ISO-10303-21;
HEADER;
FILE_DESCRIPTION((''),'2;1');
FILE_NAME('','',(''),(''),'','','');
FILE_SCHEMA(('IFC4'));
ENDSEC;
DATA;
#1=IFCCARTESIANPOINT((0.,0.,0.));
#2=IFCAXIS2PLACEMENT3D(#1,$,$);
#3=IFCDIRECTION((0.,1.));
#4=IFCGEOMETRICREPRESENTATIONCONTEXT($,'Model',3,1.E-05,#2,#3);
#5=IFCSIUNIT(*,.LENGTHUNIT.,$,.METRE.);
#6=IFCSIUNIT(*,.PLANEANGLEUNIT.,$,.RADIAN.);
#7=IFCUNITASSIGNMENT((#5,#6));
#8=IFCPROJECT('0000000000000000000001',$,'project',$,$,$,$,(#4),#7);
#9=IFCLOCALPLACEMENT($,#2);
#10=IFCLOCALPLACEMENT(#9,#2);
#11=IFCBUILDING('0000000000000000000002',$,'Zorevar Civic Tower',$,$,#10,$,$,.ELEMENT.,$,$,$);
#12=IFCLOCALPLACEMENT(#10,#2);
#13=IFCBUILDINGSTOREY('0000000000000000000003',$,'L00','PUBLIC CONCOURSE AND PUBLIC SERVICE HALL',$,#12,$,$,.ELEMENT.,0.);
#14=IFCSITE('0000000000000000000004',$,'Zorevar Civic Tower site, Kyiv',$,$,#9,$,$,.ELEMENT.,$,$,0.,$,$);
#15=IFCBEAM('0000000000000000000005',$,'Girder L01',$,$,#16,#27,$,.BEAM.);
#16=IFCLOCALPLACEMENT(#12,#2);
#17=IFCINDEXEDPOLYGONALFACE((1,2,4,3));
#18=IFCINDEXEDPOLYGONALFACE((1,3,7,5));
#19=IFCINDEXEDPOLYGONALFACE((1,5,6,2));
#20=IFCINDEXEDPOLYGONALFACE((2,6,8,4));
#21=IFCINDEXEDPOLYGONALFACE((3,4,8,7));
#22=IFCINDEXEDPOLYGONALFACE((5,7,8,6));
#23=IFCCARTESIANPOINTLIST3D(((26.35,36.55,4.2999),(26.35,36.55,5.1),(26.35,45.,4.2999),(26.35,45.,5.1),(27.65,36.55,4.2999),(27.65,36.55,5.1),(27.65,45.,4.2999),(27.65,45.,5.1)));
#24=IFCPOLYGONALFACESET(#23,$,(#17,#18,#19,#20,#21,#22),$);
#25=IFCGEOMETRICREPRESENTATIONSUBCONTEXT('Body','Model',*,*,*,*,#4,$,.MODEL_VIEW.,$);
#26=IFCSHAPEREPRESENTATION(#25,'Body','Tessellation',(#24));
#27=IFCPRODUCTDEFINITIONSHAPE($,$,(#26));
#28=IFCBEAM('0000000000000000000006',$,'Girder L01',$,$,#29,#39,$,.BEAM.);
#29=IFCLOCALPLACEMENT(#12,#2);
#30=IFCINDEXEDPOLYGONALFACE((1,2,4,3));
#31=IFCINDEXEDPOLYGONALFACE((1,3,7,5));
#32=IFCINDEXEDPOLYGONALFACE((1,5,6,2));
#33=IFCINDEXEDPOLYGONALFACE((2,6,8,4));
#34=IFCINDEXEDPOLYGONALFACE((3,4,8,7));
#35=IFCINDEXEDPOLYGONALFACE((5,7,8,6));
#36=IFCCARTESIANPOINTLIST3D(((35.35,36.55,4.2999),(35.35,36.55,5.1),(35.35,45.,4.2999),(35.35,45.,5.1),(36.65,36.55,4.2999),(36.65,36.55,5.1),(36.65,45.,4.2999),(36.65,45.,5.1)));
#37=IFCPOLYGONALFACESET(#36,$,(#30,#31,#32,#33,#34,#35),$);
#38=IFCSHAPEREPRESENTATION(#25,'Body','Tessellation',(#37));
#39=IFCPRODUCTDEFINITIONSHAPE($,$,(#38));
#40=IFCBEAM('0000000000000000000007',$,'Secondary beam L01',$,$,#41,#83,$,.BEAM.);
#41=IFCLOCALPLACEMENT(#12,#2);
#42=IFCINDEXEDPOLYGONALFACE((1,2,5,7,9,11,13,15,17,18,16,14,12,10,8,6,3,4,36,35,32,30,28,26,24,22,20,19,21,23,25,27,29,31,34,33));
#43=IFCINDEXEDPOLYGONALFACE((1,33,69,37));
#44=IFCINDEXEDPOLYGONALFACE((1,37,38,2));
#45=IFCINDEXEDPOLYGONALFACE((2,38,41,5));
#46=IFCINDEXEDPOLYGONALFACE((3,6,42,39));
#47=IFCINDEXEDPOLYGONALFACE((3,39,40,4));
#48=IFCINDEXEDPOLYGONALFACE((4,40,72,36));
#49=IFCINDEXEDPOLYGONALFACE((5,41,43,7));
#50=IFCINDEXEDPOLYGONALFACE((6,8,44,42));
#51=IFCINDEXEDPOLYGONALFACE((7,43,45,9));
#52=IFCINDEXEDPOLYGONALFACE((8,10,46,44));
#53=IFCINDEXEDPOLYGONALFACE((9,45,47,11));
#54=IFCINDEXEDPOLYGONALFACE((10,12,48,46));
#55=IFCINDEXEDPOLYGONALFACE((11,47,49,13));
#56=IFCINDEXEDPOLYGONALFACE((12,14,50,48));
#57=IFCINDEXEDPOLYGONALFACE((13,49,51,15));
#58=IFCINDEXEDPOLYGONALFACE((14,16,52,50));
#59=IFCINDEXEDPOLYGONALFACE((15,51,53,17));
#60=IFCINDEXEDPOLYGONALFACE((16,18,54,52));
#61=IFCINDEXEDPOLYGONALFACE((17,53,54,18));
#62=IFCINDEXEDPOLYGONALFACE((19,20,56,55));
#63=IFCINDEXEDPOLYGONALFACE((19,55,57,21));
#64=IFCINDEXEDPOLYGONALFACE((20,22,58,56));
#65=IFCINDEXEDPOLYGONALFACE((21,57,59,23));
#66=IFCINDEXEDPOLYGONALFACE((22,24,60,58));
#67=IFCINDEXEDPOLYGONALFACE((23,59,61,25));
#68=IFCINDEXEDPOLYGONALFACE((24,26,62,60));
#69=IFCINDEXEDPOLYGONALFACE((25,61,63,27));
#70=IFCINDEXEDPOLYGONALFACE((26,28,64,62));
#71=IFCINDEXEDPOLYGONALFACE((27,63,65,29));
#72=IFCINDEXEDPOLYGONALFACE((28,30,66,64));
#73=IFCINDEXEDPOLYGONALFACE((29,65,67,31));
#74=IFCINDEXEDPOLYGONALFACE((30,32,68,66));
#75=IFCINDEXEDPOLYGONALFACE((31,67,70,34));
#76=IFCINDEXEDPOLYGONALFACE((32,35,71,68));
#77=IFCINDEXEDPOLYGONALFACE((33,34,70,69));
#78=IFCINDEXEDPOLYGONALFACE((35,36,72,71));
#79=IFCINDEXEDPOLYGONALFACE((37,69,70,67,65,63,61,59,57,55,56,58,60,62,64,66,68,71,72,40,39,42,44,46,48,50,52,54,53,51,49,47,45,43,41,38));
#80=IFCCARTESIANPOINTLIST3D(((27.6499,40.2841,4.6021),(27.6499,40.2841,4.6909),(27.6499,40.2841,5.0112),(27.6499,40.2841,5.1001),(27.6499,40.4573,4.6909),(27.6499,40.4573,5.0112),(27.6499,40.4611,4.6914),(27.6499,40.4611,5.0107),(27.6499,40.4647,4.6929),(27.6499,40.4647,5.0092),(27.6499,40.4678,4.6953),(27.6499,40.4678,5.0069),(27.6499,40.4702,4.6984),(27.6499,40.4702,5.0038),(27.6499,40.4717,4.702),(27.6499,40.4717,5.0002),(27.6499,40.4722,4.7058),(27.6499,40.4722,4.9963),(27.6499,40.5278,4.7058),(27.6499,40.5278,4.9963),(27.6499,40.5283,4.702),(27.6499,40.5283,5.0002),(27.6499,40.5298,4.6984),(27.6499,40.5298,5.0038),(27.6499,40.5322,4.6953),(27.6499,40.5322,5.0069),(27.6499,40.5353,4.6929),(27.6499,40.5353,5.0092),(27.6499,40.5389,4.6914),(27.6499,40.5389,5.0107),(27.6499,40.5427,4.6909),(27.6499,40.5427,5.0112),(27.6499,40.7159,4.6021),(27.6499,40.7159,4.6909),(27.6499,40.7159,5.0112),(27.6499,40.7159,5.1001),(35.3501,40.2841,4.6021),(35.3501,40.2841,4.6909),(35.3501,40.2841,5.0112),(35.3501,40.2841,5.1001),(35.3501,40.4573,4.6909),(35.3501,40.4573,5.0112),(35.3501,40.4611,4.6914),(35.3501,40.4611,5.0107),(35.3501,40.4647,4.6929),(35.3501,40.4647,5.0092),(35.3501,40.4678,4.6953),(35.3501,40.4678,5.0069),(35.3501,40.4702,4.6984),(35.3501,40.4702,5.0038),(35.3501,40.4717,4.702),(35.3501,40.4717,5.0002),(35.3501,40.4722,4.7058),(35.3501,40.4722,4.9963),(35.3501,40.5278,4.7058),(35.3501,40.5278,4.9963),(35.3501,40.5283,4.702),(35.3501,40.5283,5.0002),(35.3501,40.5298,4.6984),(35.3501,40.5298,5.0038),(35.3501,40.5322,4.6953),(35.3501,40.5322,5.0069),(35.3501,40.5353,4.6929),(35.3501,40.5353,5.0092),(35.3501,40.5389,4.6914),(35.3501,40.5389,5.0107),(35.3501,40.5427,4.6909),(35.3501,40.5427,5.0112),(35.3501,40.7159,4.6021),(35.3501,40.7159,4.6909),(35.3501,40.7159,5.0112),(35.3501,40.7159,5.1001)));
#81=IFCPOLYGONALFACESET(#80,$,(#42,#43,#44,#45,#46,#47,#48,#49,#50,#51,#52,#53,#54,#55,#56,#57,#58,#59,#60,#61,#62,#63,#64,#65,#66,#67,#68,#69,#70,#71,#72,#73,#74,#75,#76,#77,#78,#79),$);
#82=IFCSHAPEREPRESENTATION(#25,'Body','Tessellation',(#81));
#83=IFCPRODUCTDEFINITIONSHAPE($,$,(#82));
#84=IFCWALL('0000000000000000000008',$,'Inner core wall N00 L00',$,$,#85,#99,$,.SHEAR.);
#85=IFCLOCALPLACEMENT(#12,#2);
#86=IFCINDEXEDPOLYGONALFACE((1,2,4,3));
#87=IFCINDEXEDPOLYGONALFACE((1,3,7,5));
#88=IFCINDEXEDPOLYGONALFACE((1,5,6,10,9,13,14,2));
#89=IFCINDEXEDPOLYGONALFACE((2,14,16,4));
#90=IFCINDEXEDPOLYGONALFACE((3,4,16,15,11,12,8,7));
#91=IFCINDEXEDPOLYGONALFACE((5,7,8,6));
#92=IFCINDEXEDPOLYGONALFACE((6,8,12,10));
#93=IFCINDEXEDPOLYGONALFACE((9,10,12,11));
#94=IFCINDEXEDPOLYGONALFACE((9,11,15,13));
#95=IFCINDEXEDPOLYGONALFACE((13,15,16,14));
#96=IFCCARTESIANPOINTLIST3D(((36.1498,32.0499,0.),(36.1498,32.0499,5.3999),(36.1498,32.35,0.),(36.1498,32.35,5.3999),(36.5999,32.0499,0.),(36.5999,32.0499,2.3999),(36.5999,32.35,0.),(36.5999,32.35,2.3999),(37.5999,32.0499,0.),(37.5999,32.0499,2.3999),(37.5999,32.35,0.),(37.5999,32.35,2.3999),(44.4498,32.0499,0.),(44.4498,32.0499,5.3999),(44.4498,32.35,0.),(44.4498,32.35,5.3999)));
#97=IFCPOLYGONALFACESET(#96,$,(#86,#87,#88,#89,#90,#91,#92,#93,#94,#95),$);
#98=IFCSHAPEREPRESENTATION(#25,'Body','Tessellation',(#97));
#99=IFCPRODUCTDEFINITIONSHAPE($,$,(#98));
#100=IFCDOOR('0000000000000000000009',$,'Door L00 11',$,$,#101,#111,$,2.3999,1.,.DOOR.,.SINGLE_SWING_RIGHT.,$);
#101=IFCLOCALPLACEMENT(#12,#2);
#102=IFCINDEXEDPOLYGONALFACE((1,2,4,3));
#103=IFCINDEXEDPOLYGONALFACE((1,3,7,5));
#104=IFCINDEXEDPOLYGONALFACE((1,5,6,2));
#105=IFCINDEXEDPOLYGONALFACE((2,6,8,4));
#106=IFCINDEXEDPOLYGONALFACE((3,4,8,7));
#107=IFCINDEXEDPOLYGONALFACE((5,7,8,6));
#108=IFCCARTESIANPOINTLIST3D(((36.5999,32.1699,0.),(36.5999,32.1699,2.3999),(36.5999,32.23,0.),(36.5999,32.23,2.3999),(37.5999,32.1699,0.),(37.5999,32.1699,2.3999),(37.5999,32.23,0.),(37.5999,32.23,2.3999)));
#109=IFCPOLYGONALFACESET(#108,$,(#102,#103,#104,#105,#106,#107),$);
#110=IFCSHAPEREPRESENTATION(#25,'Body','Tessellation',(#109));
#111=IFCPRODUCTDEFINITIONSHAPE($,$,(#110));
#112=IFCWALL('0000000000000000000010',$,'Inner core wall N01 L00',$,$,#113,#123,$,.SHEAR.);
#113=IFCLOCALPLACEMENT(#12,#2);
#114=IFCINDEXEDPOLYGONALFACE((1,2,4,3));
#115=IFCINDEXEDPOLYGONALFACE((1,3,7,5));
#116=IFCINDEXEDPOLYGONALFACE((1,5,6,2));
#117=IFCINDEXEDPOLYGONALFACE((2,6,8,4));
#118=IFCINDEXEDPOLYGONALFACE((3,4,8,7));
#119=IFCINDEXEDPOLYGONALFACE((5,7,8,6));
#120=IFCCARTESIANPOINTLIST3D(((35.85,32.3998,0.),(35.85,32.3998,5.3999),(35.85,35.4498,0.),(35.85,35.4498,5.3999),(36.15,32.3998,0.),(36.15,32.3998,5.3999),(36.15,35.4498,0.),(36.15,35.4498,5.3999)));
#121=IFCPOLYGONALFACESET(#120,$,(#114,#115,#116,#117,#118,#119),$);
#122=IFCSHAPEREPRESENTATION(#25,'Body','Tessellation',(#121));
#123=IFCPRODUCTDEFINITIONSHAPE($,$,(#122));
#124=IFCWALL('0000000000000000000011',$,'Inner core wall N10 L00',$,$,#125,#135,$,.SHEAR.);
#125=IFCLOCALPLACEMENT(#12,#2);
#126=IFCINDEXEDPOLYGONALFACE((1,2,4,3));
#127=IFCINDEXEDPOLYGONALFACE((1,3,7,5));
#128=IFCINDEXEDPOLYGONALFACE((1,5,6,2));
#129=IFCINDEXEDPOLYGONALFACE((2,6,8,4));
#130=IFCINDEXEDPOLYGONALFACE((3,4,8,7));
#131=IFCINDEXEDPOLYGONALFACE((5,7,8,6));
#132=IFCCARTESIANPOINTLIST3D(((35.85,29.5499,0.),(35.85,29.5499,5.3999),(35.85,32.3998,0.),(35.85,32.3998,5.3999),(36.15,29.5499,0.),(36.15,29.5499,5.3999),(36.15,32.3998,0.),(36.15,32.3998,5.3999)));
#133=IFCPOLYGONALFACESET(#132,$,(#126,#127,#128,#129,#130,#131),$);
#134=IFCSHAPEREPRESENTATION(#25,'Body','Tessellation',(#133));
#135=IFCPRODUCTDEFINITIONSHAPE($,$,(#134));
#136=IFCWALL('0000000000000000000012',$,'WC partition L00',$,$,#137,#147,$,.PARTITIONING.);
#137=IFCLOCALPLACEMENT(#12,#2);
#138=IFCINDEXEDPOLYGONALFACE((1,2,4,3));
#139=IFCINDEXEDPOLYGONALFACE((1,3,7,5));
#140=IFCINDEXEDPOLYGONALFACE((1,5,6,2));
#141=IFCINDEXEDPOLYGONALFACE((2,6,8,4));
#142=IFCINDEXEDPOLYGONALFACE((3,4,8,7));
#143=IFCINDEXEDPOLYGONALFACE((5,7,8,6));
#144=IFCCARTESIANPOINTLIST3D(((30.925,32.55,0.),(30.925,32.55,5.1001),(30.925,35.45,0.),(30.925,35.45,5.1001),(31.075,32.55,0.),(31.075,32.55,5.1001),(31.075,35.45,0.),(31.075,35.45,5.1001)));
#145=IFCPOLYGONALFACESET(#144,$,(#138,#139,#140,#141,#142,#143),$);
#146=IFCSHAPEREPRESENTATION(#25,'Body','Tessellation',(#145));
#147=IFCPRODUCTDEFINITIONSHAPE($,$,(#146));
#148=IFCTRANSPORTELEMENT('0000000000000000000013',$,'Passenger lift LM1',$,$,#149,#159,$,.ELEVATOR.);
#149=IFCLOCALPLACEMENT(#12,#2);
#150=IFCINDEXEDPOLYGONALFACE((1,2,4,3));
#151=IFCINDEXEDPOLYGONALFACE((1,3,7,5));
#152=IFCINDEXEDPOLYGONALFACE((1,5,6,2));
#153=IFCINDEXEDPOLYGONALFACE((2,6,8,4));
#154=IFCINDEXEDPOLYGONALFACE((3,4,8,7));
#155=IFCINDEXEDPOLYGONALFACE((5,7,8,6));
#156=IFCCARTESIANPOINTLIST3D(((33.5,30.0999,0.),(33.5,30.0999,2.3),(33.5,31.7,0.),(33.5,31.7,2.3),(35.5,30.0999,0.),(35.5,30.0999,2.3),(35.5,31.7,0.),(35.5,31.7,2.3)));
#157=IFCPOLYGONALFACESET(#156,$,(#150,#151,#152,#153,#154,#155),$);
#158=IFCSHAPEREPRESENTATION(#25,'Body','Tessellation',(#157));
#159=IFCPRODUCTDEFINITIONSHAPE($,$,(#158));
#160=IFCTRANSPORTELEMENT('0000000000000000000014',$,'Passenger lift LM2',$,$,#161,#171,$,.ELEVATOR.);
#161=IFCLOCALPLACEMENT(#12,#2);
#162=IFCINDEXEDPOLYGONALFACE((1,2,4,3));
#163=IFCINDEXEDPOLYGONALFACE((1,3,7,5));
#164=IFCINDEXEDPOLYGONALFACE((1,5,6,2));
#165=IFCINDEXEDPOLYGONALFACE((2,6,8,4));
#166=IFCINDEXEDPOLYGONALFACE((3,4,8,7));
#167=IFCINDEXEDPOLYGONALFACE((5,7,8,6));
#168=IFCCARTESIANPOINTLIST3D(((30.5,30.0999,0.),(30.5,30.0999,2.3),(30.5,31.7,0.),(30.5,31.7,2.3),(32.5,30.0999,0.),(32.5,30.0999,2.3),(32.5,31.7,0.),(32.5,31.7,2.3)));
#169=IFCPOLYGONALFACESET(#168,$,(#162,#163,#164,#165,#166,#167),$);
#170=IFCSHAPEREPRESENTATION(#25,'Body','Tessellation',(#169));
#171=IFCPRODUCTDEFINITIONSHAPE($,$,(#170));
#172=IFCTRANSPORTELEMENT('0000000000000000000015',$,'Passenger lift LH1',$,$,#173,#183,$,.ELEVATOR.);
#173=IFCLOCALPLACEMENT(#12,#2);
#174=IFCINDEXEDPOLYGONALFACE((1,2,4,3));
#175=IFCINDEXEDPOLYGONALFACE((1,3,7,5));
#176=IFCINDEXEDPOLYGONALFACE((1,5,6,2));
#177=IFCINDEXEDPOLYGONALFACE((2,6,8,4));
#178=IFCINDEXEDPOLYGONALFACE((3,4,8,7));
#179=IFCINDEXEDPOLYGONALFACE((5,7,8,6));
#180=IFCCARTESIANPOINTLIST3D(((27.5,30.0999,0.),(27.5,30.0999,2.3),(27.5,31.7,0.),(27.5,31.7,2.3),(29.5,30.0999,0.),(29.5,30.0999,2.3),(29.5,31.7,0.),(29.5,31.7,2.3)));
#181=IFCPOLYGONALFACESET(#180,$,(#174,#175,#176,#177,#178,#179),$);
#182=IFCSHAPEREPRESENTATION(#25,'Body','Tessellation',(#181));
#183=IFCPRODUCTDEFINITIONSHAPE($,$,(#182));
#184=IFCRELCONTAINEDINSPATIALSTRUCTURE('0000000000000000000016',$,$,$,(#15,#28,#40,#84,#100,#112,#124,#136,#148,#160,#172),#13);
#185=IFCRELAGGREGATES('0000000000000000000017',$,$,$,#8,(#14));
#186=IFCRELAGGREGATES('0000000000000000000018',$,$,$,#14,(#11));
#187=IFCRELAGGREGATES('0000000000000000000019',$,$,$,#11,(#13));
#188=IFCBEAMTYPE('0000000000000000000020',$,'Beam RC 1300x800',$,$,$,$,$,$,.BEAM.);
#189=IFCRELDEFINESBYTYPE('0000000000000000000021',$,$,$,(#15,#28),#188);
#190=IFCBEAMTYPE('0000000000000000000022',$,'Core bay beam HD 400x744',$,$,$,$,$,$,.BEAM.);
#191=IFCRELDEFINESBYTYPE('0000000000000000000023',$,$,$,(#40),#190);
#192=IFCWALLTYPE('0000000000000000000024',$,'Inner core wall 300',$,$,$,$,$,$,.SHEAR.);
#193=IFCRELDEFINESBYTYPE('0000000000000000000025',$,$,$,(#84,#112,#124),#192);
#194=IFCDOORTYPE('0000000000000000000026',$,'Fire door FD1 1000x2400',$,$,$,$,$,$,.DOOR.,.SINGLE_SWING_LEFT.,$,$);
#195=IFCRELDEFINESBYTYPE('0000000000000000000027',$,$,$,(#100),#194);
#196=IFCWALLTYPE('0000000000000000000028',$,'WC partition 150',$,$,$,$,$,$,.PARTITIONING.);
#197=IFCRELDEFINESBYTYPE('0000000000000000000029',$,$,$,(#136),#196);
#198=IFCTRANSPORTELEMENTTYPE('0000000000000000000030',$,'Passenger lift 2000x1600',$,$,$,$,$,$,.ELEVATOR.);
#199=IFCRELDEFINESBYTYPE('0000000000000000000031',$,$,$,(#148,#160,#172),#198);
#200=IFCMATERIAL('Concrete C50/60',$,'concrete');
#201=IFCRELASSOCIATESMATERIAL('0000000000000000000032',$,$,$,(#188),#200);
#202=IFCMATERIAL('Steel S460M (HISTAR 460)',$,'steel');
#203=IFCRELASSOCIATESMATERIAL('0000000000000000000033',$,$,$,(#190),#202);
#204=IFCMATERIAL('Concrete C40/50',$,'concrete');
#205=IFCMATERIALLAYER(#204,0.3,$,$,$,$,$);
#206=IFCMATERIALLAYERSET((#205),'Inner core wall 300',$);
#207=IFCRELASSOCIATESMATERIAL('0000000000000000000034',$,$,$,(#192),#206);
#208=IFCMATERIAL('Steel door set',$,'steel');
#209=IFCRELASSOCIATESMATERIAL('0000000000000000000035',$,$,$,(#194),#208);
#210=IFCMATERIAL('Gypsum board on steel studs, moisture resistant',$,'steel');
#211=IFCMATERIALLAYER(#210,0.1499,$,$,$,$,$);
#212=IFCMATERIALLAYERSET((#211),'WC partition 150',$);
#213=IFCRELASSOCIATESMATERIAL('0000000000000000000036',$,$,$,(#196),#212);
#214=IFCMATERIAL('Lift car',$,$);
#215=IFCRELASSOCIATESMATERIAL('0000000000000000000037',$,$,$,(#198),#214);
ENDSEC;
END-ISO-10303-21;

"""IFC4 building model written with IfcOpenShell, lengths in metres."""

from ifc_helpers import new_model, si_unit, direction, frame, frame_2d, origin, origin_2d, place, context, subcontext, project, spatial, rectangle, i_section, extrude, material, layer, layer_set, material_profile, profile_set, type_object, element, fill, save


model = new_model("IFC4")

# Units and contexts
model_context = context("Model", 3, precision=1e-05, world=origin(), true_north=direction((0.0, 1.0)))
body_context = subcontext(model_context, "Body", "Model", "MODEL_VIEW")
ifc_project = project(units=[si_unit("LENGTHUNIT", "METRE"), si_unit("PLANEANGLEUNIT", "RADIAN")], contexts=[model_context])

# Site, building, storey
site_placement = place(None, origin())
site = spatial("IfcSite", under=ifc_project, at=site_placement, Name="Zorevar Civic Tower site, Kyiv", CompositionType="ELEMENT", RefElevation=0.0)
building_placement = place(site_placement, origin())
building = spatial("IfcBuilding", under=site, at=building_placement, Name="Zorevar Civic Tower", CompositionType="ELEMENT")
storey_placement = place(building_placement, origin())
storey = spatial("IfcBuildingStorey", under=building, at=storey_placement, Name="L00", Description="PUBLIC CONCOURSE AND PUBLIC SERVICE HALL", CompositionType="ELEMENT", Elevation=0.0)

# Beams
ifc_material_1 = material(Name="Concrete C50/60", Category="concrete")
ifc_material_profile_1 = material_profile(ifc_material_1, rectangle(XDim=1.3, YDim=0.8, at=origin_2d()), Name="RC 1300x800")
ifc_profile_set_1 = profile_set([ifc_material_profile_1], Name="Concrete C50/60")
beam_type_1 = type_object("IfcBeamType", Name="Beam RC 1300x800", PredefinedType="BEAM", material=ifc_profile_set_1)
for number, where, z_axis, x_axis, name in (
    (1, (27.0, 36.55, 4.7), (0.0, 1.0, 0.0), (-1.0, 0.0, 0.0), "Girder L01"),
    (2, (36.0, 36.55, 4.7), (0.0, 1.0, 0.0), (-1.0, 0.0, 0.0), "Girder L01"),
):
    element("IfcBeam", number, at=place(storey_placement, frame(where, z_axis=z_axis, x_axis=x_axis)), inside=storey, type_object=beam_type_1, Name=name, PredefinedType="BEAM", context=body_context, shape_type="SweptSolid", body=[
        extrude(rectangle(XDim=1.3, YDim=0.8, at=origin_2d()), origin(), (0.0, 0.0, 1.0), 8.45),
    ])
ifc_material_2 = material(Name="Steel S460M (HISTAR 460)", Category="steel")
ifc_material_profile_2 = material_profile(ifc_material_2, i_section(OverallWidth=0.4319, OverallDepth=0.498, WebThickness=0.0557, FlangeThickness=0.0889, FilletRadius=0.0149, at=origin_2d()), Name="HD 400x744")
ifc_profile_set_2 = profile_set([ifc_material_profile_2], Name="Steel S460M (HISTAR 460)")
beam_type_2 = type_object("IfcBeamType", Name="Core bay beam HD 400x744", PredefinedType="BEAM", material=ifc_profile_set_2)
beam_placement = place(storey_placement, frame((27.6499, 40.5, 4.8511), z_axis=(1.0, 0.0, 0.0), x_axis=(0.0, 1.0, 0.0)))
element("IfcBeam", 3, at=beam_placement, inside=storey, type_object=beam_type_2, Name="Secondary beam L01", PredefinedType="BEAM", context=body_context, shape_type="SweptSolid", body=[
    extrude(i_section(OverallWidth=0.4319, OverallDepth=0.498, WebThickness=0.0557, FlangeThickness=0.0889, FilletRadius=0.0149, at=origin_2d()), origin(), (0.0, 0.0, 1.0), 7.7002),
])

# Wall, opening, door
ifc_material_3 = material(Name="Concrete C40/50", Category="concrete")
ifc_layer_1 = layer(ifc_material_3, 0.3)
ifc_layer_set_1 = layer_set([ifc_layer_1], Name="Inner core wall 300")
wall_type_1 = type_object("IfcWallType", Name="Inner core wall 300", PredefinedType="SHEAR", material=ifc_layer_set_1)
wall_1_placement = place(storey_placement, frame((36.1499, 32.2, 0.0), z_axis=(0.0, 0.0, 1.0), x_axis=(1.0, 0.0, 0.0)))
wall_1 = element("IfcWall", 4, at=wall_1_placement, inside=storey, type_object=wall_type_1, Name="Inner core wall N00 L00", PredefinedType="SHEAR", context=body_context, shape_type="SweptSolid", body=[
    extrude(rectangle(XDim=8.3, YDim=0.3, at=frame_2d((4.1499, 0.0))), origin(), (0.0, 0.0, 1.0), 5.3999),
])
opening_placement = place(wall_1_placement, frame((0.45, 0.0, 0.0)))
opening = element("IfcOpeningElement", 5, at=opening_placement, cuts=wall_1, PredefinedType="OPENING", context=body_context, shape_type="SweptSolid", body=[
    extrude(rectangle(XDim=1.0, YDim=2.3999, at=frame_2d((0.5, 1.2))), frame((0.0, 0.1599, 0.0), z_axis=(0.0, -1.0, 0.0), x_axis=(1.0, 0.0, 0.0)), (0.0, 0.0, 1.0), 0.3201),
])
ifc_material_4 = material(Name="Steel door set", Category="steel")
door_type = type_object("IfcDoorType", Name="Fire door FD1 1000x2400", OperationType="SINGLE_SWING_LEFT", PredefinedType="DOOR", material=ifc_material_4)
door_placement = place(opening_placement, origin())
door = element("IfcDoor", 6, at=door_placement, inside=storey, type_object=door_type, Name="Door L00 11", OperationType="SINGLE_SWING_RIGHT", OverallHeight=2.3999, OverallWidth=1.0, PredefinedType="DOOR", context=body_context, shape_type="SweptSolid", body=[
    extrude(rectangle(XDim=1.0, YDim=2.3999, at=frame_2d((0.5, 1.2))), frame((0.0, 0.03, 0.0), z_axis=(0.0, -1.0, 0.0), x_axis=(1.0, 0.0, 0.0)), (0.0, 0.0, 1.0), 0.0601),
])
fill(opening, door)

# Walls
wall_2_placement = place(storey_placement, frame((36.0, 32.3999, 0.0), z_axis=(0.0, 0.0, 1.0), x_axis=(0.0, 1.0, 0.0)))
element("IfcWall", 7, at=wall_2_placement, inside=storey, type_object=wall_type_1, Name="Inner core wall N01 L00", PredefinedType="SHEAR", context=body_context, shape_type="SweptSolid", body=[
    extrude(rectangle(XDim=3.05, YDim=0.3, at=frame_2d((1.5249, 0.0))), origin(), (0.0, 0.0, 1.0), 5.3999),
])
wall_3_placement = place(storey_placement, frame((36.0, 29.55, 0.0), z_axis=(0.0, 0.0, 1.0), x_axis=(0.0, 1.0, 0.0)))
element("IfcWall", 8, at=wall_3_placement, inside=storey, type_object=wall_type_1, Name="Inner core wall N10 L00", PredefinedType="SHEAR", context=body_context, shape_type="SweptSolid", body=[
    extrude(rectangle(XDim=2.8499, YDim=0.3, at=frame_2d((1.4248, 0.0))), origin(), (0.0, 0.0, 1.0), 5.3999),
])
ifc_material_5 = material(Name="Gypsum board on steel studs, moisture resistant", Category="steel")
ifc_layer_2 = layer(ifc_material_5, 0.1499)
ifc_layer_set_2 = layer_set([ifc_layer_2], Name="WC partition 150")
wall_type_2 = type_object("IfcWallType", Name="WC partition 150", PredefinedType="PARTITIONING", material=ifc_layer_set_2)
wall_4_placement = place(storey_placement, frame((31.0, 32.55, 0.0), z_axis=(0.0, 0.0, 1.0), x_axis=(0.0, 1.0, 0.0)))
element("IfcWall", 9, at=wall_4_placement, inside=storey, type_object=wall_type_2, Name="WC partition L00", PredefinedType="PARTITIONING", context=body_context, shape_type="SweptSolid", body=[
    extrude(rectangle(XDim=2.8999, YDim=0.1499, at=frame_2d((1.45, 0.0))), origin(), (0.0, 0.0, 1.0), 5.1001),
])

# Transport elements
ifc_material_6 = material(Name="Lift car")
transport_element_type = type_object("IfcTransportElementType", Name="Passenger lift 2000x1600", PredefinedType="ELEVATOR", material=ifc_material_6)
for number, where, z_axis, x_axis, name in (
    (10, (34.5, 30.8999, 0.0), (0.0, 0.0, 1.0), (1.0, 0.0, 0.0), "Passenger lift LM1"),
    (11, (31.5, 30.8999, 0.0), (0.0, 0.0, 1.0), (1.0, 0.0, 0.0), "Passenger lift LM2"),
    (12, (28.5, 30.8999, 0.0), (0.0, 0.0, 1.0), (1.0, 0.0, 0.0), "Passenger lift LH1"),
):
    element("IfcTransportElement", number, at=place(storey_placement, frame(where, z_axis=z_axis, x_axis=x_axis)), inside=storey, type_object=transport_element_type, Name=name, PredefinedType="ELEVATOR", context=body_context, shape_type="SweptSolid", body=[
        extrude(rectangle(XDim=2.0, YDim=1.6001, at=origin_2d()), origin(), (0.0, 0.0, 1.0), 2.3),
    ])

save(model, "model.ifc")
